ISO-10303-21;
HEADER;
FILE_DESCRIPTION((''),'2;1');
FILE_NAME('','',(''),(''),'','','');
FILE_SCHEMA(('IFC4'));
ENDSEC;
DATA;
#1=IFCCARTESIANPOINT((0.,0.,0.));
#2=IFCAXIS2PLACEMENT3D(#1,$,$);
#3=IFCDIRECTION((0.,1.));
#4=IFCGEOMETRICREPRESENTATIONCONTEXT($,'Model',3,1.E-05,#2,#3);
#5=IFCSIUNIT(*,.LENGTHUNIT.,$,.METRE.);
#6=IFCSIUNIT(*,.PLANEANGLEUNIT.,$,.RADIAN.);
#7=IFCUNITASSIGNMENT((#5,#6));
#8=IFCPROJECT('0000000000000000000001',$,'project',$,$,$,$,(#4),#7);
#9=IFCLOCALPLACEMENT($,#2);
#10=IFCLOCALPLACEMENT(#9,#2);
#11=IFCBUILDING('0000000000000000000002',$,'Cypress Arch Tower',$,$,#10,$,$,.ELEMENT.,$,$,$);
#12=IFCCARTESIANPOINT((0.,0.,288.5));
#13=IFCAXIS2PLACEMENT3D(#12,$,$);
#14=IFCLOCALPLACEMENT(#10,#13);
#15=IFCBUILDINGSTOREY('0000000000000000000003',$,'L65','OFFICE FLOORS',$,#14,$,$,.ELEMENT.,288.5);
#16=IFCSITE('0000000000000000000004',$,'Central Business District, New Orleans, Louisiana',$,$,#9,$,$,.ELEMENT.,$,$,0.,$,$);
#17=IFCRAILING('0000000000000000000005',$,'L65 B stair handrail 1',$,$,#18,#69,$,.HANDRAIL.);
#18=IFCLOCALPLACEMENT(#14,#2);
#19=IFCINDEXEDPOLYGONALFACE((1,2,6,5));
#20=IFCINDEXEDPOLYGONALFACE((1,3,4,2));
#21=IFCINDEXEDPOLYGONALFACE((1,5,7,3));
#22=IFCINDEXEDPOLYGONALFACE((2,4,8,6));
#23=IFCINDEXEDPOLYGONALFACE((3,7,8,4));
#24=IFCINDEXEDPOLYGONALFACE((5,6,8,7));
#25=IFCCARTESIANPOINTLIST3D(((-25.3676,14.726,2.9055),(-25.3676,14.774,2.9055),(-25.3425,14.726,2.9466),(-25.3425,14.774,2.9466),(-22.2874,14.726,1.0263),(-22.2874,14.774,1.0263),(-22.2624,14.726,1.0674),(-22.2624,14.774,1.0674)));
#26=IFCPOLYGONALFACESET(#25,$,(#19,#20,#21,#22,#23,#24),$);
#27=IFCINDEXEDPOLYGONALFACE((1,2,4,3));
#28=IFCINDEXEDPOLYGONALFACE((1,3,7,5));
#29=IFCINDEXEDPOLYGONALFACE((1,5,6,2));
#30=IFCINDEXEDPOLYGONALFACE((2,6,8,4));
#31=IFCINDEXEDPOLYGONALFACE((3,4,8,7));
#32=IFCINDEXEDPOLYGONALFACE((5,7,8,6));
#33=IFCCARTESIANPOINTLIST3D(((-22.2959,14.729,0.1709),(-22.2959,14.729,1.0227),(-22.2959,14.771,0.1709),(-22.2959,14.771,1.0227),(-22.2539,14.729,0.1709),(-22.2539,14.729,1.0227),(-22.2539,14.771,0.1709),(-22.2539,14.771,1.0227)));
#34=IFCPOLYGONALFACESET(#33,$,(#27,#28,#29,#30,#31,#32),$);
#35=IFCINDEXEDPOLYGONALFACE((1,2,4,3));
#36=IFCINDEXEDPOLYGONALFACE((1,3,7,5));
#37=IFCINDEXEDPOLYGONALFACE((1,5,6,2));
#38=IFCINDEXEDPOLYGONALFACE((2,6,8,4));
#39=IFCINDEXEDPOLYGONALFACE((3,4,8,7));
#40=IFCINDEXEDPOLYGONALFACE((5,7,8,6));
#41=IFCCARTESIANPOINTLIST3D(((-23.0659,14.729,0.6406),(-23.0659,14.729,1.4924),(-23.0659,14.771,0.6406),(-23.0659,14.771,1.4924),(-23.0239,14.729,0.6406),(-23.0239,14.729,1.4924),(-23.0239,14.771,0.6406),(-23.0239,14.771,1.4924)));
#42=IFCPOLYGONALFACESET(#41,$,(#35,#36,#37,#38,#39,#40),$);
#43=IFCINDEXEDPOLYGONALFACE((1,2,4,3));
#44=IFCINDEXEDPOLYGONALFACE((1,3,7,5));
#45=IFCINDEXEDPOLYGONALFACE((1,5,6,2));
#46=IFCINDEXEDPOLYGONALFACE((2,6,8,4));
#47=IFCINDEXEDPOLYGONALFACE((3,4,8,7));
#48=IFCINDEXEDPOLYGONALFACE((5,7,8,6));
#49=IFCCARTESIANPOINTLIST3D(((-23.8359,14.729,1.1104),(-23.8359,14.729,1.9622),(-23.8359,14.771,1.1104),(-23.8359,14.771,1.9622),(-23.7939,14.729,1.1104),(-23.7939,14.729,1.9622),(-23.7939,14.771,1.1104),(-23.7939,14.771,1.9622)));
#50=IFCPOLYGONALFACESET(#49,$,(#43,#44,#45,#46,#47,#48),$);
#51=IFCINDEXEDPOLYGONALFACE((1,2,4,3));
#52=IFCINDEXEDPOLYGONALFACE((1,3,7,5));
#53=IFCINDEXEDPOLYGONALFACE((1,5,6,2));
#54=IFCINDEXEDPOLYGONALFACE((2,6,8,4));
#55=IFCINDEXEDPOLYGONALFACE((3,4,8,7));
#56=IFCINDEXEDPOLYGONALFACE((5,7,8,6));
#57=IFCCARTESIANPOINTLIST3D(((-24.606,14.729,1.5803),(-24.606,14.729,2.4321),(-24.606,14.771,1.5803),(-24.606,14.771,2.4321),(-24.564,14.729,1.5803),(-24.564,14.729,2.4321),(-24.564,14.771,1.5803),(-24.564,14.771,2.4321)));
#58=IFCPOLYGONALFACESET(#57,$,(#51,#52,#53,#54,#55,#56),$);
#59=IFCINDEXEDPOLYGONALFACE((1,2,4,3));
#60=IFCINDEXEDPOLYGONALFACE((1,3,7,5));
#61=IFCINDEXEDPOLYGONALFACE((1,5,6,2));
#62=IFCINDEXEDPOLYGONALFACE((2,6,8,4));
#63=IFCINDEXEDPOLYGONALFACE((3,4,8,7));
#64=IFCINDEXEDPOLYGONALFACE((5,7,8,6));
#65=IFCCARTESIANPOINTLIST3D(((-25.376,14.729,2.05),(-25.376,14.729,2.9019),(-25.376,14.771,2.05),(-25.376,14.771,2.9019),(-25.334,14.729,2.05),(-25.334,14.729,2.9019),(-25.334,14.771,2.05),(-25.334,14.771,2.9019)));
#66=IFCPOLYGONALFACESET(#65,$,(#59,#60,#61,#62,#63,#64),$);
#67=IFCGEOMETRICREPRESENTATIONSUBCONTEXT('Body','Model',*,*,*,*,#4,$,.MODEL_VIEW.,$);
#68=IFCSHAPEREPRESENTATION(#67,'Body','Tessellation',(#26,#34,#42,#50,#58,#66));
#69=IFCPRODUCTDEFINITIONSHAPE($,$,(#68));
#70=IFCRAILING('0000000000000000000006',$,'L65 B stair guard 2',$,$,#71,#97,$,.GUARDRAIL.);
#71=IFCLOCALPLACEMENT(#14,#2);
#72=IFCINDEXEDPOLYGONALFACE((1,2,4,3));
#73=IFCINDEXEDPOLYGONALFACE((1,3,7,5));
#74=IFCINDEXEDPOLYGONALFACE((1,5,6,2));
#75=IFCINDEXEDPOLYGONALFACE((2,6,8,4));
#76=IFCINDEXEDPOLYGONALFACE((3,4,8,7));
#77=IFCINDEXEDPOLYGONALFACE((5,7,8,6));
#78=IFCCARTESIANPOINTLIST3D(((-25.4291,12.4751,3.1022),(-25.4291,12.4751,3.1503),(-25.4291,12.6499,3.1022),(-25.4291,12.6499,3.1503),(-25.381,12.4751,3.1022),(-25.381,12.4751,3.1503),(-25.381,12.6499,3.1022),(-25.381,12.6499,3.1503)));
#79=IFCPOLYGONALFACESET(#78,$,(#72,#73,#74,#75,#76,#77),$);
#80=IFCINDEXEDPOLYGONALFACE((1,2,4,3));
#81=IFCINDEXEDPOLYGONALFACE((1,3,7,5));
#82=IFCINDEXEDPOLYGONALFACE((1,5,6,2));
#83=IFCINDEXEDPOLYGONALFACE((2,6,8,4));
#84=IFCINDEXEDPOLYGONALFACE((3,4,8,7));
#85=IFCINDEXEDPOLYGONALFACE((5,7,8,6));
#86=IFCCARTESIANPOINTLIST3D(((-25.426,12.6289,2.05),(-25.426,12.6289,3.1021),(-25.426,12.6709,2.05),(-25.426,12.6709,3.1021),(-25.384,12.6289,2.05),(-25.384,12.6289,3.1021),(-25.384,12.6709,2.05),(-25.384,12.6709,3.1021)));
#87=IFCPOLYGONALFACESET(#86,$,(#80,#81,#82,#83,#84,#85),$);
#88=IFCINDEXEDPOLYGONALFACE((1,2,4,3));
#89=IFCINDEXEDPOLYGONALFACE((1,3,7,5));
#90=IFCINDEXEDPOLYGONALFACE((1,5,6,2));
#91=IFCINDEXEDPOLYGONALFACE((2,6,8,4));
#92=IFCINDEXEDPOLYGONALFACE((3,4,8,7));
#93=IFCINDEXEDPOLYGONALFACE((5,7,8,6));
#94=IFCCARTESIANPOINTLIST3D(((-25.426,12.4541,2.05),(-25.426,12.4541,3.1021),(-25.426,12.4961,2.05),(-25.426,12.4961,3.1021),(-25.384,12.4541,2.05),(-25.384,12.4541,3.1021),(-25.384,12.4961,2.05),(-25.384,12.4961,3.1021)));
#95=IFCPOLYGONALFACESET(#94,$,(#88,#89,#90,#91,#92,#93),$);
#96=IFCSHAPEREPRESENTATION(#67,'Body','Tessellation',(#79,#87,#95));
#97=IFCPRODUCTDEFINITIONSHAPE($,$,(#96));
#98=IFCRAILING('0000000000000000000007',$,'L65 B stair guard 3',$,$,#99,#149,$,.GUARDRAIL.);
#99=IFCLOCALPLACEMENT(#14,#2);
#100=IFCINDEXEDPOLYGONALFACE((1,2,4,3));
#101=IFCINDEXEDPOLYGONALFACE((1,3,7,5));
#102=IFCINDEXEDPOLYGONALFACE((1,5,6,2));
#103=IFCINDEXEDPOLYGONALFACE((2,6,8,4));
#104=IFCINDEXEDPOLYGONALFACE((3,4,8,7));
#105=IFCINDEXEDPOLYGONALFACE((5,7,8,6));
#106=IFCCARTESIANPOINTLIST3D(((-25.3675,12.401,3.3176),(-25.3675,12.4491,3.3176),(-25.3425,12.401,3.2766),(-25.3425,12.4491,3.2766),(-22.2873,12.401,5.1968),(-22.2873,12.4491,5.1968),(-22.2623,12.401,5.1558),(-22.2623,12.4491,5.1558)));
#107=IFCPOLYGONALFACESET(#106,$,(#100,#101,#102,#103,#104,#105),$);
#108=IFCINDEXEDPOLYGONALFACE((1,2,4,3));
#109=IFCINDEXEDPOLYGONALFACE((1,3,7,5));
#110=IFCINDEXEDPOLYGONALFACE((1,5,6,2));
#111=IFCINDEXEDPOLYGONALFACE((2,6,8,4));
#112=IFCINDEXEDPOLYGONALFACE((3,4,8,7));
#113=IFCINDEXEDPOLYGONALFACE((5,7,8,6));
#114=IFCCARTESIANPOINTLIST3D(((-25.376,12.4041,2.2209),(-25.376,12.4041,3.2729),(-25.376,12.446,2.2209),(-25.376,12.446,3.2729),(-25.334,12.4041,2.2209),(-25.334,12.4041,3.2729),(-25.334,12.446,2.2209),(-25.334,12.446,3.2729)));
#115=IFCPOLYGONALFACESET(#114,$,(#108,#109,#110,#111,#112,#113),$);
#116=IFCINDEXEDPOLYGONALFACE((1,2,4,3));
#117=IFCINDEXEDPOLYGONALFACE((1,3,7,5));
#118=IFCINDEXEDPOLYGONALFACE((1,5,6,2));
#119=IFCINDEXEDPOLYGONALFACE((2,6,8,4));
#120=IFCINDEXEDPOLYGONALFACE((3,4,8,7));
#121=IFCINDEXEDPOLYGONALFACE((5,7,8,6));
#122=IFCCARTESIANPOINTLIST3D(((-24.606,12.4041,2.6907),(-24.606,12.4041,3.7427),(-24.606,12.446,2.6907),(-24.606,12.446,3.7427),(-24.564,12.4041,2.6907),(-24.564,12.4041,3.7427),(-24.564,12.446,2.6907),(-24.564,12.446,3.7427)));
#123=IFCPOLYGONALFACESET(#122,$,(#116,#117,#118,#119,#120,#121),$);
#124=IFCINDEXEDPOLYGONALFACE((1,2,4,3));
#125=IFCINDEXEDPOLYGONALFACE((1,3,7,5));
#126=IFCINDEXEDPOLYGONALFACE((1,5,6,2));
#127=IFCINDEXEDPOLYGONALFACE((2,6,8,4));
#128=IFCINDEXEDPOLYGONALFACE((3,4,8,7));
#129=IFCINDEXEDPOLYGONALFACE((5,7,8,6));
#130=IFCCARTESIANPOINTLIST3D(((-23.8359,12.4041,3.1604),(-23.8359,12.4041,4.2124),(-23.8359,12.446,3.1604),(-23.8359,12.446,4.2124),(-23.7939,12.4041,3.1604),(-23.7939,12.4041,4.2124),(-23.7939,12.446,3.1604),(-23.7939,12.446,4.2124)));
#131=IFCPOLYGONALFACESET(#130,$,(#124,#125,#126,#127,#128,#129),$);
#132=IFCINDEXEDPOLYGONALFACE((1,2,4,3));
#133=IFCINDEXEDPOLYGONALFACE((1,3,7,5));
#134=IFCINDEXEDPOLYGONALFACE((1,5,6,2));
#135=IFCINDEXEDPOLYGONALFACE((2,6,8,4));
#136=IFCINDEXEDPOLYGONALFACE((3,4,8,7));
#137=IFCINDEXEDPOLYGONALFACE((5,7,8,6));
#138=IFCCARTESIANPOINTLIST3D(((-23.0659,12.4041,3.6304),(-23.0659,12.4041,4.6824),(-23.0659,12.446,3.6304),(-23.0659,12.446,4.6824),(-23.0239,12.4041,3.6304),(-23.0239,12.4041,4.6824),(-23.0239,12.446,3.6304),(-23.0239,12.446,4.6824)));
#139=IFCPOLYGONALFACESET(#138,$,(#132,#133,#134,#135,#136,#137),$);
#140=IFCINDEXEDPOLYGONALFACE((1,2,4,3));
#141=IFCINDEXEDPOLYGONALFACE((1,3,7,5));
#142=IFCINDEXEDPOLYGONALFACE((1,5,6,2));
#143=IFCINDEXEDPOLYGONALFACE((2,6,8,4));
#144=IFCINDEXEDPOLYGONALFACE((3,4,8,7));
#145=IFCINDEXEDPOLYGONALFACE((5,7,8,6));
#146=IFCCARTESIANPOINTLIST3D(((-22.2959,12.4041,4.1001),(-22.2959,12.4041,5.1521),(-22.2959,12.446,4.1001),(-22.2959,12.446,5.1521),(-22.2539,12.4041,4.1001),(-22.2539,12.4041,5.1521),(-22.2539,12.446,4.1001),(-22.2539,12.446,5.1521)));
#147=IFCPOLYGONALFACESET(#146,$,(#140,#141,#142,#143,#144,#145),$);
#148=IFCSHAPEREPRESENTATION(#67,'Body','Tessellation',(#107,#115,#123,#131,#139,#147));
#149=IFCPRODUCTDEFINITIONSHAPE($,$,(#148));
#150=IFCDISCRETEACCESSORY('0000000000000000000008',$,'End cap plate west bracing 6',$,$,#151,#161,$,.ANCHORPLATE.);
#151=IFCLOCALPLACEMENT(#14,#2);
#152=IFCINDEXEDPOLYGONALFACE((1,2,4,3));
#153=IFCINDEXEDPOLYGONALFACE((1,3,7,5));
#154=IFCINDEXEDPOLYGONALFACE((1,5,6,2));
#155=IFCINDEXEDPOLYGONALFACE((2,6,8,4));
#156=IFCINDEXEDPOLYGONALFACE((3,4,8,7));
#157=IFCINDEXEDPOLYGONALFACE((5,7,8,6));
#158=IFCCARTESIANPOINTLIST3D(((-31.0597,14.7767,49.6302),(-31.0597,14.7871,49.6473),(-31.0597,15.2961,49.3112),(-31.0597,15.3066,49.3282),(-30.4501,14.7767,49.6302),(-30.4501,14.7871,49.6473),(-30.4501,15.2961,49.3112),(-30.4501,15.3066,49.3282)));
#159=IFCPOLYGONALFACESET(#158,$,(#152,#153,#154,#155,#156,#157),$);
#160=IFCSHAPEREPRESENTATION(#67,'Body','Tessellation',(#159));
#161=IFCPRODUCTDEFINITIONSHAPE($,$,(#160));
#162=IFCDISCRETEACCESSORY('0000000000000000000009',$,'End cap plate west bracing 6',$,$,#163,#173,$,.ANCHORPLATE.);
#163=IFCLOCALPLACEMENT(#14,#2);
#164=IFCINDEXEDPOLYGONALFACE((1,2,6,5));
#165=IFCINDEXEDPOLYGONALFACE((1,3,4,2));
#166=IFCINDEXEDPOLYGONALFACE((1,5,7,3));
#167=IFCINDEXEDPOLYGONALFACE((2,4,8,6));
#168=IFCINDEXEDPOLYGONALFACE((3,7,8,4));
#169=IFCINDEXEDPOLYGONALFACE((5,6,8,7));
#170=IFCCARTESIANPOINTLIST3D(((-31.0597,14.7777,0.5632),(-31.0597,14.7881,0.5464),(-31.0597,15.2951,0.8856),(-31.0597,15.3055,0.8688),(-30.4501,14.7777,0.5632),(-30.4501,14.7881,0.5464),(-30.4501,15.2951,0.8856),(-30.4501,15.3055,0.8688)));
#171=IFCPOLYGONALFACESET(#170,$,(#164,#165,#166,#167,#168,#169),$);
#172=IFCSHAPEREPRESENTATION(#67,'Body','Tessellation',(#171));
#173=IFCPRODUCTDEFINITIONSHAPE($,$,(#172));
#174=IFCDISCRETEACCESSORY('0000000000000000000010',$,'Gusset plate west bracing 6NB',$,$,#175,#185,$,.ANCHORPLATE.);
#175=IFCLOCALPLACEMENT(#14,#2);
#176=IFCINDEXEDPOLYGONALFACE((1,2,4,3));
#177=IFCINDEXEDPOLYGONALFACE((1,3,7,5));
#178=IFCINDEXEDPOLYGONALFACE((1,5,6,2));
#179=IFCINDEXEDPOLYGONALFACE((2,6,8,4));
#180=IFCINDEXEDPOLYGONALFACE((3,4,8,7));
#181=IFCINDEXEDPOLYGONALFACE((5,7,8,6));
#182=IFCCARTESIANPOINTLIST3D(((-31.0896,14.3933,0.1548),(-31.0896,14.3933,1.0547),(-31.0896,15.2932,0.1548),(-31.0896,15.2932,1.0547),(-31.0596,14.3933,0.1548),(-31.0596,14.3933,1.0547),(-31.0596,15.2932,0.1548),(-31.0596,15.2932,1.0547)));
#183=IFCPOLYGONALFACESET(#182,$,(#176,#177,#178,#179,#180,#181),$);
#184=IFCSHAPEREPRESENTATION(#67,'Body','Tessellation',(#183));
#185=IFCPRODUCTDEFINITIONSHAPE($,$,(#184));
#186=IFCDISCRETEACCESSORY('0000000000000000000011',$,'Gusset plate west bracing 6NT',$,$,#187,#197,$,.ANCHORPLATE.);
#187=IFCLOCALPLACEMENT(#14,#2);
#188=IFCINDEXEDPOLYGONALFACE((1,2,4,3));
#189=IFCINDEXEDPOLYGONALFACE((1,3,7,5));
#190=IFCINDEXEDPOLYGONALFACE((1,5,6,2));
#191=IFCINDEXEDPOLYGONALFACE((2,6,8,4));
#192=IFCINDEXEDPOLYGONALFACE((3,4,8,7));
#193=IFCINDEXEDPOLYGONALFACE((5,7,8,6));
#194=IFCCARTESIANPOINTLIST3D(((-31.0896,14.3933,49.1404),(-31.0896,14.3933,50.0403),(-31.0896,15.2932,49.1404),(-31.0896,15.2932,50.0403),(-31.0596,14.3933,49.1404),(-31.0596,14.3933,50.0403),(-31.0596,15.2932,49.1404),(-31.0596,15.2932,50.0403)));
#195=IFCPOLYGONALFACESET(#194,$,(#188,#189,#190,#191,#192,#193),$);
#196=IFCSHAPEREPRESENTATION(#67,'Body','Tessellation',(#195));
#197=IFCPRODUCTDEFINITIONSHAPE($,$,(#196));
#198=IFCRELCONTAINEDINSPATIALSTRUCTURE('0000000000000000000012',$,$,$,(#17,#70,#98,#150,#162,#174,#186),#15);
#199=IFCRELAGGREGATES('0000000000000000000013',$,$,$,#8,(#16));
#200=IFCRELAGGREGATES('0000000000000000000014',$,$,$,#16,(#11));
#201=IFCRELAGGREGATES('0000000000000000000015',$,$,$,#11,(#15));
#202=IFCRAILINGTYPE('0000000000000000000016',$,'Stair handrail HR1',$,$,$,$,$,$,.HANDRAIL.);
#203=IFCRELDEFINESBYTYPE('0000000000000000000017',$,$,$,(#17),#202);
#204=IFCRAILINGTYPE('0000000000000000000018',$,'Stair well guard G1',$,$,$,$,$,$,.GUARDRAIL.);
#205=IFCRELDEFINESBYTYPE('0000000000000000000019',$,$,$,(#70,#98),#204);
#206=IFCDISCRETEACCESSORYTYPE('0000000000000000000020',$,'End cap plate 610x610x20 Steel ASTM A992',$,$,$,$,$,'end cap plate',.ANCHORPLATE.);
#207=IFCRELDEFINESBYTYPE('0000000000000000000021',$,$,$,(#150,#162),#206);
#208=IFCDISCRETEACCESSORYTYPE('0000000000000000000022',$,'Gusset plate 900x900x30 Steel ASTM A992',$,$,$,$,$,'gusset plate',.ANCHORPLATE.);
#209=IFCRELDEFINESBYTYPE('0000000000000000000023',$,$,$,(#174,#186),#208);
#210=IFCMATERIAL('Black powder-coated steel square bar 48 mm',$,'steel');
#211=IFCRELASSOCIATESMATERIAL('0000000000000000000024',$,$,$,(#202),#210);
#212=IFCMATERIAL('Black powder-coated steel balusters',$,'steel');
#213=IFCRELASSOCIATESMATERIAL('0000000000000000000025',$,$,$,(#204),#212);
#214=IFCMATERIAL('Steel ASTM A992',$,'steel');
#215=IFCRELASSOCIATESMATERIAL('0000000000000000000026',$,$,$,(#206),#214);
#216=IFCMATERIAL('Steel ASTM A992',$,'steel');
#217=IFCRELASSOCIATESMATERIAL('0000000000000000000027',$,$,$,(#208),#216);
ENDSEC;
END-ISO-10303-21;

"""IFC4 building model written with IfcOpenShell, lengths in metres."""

from ifc_helpers import new_model, si_unit, direction, frame, origin, origin_2d, place, context, subcontext, project, spatial, rectangle, extrude, material, material_profile, profile_set, type_object, element, save


model = new_model("IFC4")

# Units and contexts
model_context = context("Model", 3, precision=1e-05, world=origin(), true_north=direction((0.0, 1.0)))
body_context = subcontext(model_context, "Body", "Model", "MODEL_VIEW")
ifc_project = project(units=[si_unit("LENGTHUNIT", "METRE"), si_unit("PLANEANGLEUNIT", "RADIAN")], contexts=[model_context])

# Site, building, storey
site_placement = place(None, origin())
site = spatial("IfcSite", under=ifc_project, at=site_placement, Name="Central Business District, New Orleans, Louisiana", CompositionType="ELEMENT", RefElevation=0.0)
building_placement = place(site_placement, origin())
building = spatial("IfcBuilding", under=site, at=building_placement, Name="Cypress Arch Tower", CompositionType="ELEMENT")
storey_placement = place(building_placement, frame((0.0, 0.0, 288.5)))
storey = spatial("IfcBuildingStorey", under=building, at=storey_placement, Name="L65", Description="OFFICE FLOORS", CompositionType="ELEMENT", Elevation=288.5)

# Railings
ifc_material_1 = material(Name="Black powder-coated steel square bar 48 mm", Category="steel")
railing_type_1 = type_object("IfcRailingType", Name="Stair handrail HR1", PredefinedType="HANDRAIL", material=ifc_material_1)
railing_1_placement = place(storey_placement, frame((-22.2749, 14.75, 0.1709)))
element("IfcRailing", 1, at=railing_1_placement, inside=storey, type_object=railing_type_1, Name="L65 B stair handrail 1", PredefinedType="HANDRAIL", context=body_context, shape_type="SweptSolid", body=[
    extrude(rectangle(XDim=0.0481, YDim=0.0481, at=origin_2d()), frame((0.0, 0.0, 0.876), z_axis=(-0.853666, 0.0, 0.52082), x_axis=(0.0, -1.0, 0.0)), (0.0, 0.0, 1.0), 3.6082),
    extrude(rectangle(XDim=0.042, YDim=0.042, at=origin_2d()), origin(), (0.0, 0.0, 1.0), 0.8518),
    extrude(rectangle(XDim=0.042, YDim=0.042, at=origin_2d()), frame((-0.77, 0.0, 0.4697)), (0.0, 0.0, 1.0), 0.8518),
    extrude(rectangle(XDim=0.042, YDim=0.042, at=origin_2d()), frame((-1.54, 0.0, 0.9395)), (0.0, 0.0, 1.0), 0.8518),
    extrude(rectangle(XDim=0.042, YDim=0.042, at=origin_2d()), frame((-2.3101, 0.0, 1.4094)), (0.0, 0.0, 1.0), 0.8518),
    extrude(rectangle(XDim=0.042, YDim=0.042, at=origin_2d()), frame((-3.0801, 0.0, 1.8792)), (0.0, 0.0, 1.0), 0.8518),
])
ifc_material_2 = material(Name="Black powder-coated steel balusters", Category="steel")
railing_type_2 = type_object("IfcRailingType", Name="Stair well guard G1", PredefinedType="GUARDRAIL", material=ifc_material_2)
railing_2_placement = place(storey_placement, frame((-25.405, 12.6499, 2.05)))
element("IfcRailing", 2, at=railing_2_placement, inside=storey, type_object=railing_type_2, Name="L65 B stair guard 2", PredefinedType="GUARDRAIL", context=body_context, shape_type="SweptSolid", body=[
    extrude(rectangle(XDim=0.0481, YDim=0.0481, at=origin_2d()), frame((0.0, 0.0, 1.0762), z_axis=(0.0, -1.0, 0.0), x_axis=(1.0, 0.0, 0.0)), (0.0, 0.0, 1.0), 0.1748),
    extrude(rectangle(XDim=0.042, YDim=0.042, at=origin_2d()), origin(), (0.0, 0.0, 1.0), 1.052),
    extrude(rectangle(XDim=0.042, YDim=0.042, at=origin_2d()), frame((0.0, -0.1748, 0.0)), (0.0, 0.0, 1.0), 1.052),
])
railing_3_placement = place(storey_placement, frame((-25.355, 12.425, 2.2209)))
element("IfcRailing", 3, at=railing_3_placement, inside=storey, type_object=railing_type_2, Name="L65 B stair guard 3", PredefinedType="GUARDRAIL", context=body_context, shape_type="SweptSolid", body=[
    extrude(rectangle(XDim=0.0481, YDim=0.0481, at=origin_2d()), frame((0.0, 0.0, 1.0762), z_axis=(0.853666, 0.0, 0.52082), x_axis=(0.0, 1.0, 0.0)), (0.0, 0.0, 1.0), 3.6082),
    extrude(rectangle(XDim=0.042, YDim=0.042, at=origin_2d()), origin(), (0.0, 0.0, 1.0), 1.052),
    extrude(rectangle(XDim=0.042, YDim=0.042, at=origin_2d()), frame((0.77, 0.0, 0.4697)), (0.0, 0.0, 1.0), 1.052),
    extrude(rectangle(XDim=0.042, YDim=0.042, at=origin_2d()), frame((1.54, 0.0, 0.9395)), (0.0, 0.0, 1.0), 1.052),
    extrude(rectangle(XDim=0.042, YDim=0.042, at=origin_2d()), frame((2.3101, 0.0, 1.4094)), (0.0, 0.0, 1.0), 1.052),
    extrude(rectangle(XDim=0.042, YDim=0.042, at=origin_2d()), frame((3.0801, 0.0, 1.8792)), (0.0, 0.0, 1.0), 1.052),
])

# Discrete accessories
ifc_material_3 = material(Name="Steel ASTM A992", Category="steel")
ifc_material_profile_1 = material_profile(ifc_material_3, rectangle(XDim=0.6096, YDim=0.6096, at=origin_2d()), Name="PL 20 610x610")
ifc_profile_set_1 = profile_set([ifc_material_profile_1], Name="Steel ASTM A992")
discrete_accessory_type_1 = type_object("IfcDiscreteAccessoryType", Name="End cap plate 610x610x20 Steel ASTM A992", ElementType="end cap plate", PredefinedType="ANCHORPLATE", material=ifc_profile_set_1)
discrete_accessory_1_placement = place(storey_placement, frame((-30.7549, 15.0364, 49.4707), z_axis=(0.0, 0.523418, 0.852076), x_axis=(-1.0, 0.0, 0.0)))
element("IfcDiscreteAccessory", 4, at=discrete_accessory_1_placement, inside=storey, type_object=discrete_accessory_type_1, Name="End cap plate west bracing 6", PredefinedType="ANCHORPLATE", context=body_context, shape_type="SweptSolid", body=[
    extrude(rectangle(XDim=0.6096, YDim=0.6096, at=origin_2d()), origin(), (0.0, 0.0, 1.0), 0.02),
])
discrete_accessory_2_placement = place(storey_placement, frame((-30.7549, 15.0364, 0.7244), z_axis=(0.0, 0.528893, -0.848689), x_axis=(-1.0, 0.0, 0.0)))
element("IfcDiscreteAccessory", 5, at=discrete_accessory_2_placement, inside=storey, type_object=discrete_accessory_type_1, Name="End cap plate west bracing 6", PredefinedType="ANCHORPLATE", context=body_context, shape_type="SweptSolid", body=[
    extrude(rectangle(XDim=0.6096, YDim=0.6096, at=origin_2d()), origin(), (0.0, 0.0, 1.0), 0.0198),
])
ifc_material_4 = material(Name="Steel ASTM A992", Category="steel")
ifc_material_profile_2 = material_profile(ifc_material_4, rectangle(XDim=0.8999, YDim=0.8999, at=origin_2d()), Name="PL 30 900x900")
ifc_profile_set_2 = profile_set([ifc_material_profile_2], Name="Steel ASTM A992")
discrete_accessory_type_2 = type_object("IfcDiscreteAccessoryType", Name="Gusset plate 900x900x30 Steel ASTM A992", ElementType="gusset plate", PredefinedType="ANCHORPLATE", material=ifc_profile_set_2)
for number, where, z_axis, x_axis, name in (
    (6, (-31.0596, 14.8433, 0.6047), (-1.0, 0.0, 0.0), (0.0, -1.0, 0.0), "Gusset plate west bracing 6NB"),
    (7, (-31.0596, 14.8433, 49.5903), (-1.0, 0.0, 0.0), (0.0, -1.0, 0.0), "Gusset plate west bracing 6NT"),
):
    element("IfcDiscreteAccessory", number, at=place(storey_placement, frame(where, z_axis=z_axis, x_axis=x_axis)), inside=storey, type_object=discrete_accessory_type_2, Name=name, PredefinedType="ANCHORPLATE", context=body_context, shape_type="SweptSolid", body=[
        extrude(rectangle(XDim=0.8999, YDim=0.8999, at=origin_2d()), origin(), (0.0, 0.0, 1.0), 0.03),
    ])

save(model, "model.ifc")
